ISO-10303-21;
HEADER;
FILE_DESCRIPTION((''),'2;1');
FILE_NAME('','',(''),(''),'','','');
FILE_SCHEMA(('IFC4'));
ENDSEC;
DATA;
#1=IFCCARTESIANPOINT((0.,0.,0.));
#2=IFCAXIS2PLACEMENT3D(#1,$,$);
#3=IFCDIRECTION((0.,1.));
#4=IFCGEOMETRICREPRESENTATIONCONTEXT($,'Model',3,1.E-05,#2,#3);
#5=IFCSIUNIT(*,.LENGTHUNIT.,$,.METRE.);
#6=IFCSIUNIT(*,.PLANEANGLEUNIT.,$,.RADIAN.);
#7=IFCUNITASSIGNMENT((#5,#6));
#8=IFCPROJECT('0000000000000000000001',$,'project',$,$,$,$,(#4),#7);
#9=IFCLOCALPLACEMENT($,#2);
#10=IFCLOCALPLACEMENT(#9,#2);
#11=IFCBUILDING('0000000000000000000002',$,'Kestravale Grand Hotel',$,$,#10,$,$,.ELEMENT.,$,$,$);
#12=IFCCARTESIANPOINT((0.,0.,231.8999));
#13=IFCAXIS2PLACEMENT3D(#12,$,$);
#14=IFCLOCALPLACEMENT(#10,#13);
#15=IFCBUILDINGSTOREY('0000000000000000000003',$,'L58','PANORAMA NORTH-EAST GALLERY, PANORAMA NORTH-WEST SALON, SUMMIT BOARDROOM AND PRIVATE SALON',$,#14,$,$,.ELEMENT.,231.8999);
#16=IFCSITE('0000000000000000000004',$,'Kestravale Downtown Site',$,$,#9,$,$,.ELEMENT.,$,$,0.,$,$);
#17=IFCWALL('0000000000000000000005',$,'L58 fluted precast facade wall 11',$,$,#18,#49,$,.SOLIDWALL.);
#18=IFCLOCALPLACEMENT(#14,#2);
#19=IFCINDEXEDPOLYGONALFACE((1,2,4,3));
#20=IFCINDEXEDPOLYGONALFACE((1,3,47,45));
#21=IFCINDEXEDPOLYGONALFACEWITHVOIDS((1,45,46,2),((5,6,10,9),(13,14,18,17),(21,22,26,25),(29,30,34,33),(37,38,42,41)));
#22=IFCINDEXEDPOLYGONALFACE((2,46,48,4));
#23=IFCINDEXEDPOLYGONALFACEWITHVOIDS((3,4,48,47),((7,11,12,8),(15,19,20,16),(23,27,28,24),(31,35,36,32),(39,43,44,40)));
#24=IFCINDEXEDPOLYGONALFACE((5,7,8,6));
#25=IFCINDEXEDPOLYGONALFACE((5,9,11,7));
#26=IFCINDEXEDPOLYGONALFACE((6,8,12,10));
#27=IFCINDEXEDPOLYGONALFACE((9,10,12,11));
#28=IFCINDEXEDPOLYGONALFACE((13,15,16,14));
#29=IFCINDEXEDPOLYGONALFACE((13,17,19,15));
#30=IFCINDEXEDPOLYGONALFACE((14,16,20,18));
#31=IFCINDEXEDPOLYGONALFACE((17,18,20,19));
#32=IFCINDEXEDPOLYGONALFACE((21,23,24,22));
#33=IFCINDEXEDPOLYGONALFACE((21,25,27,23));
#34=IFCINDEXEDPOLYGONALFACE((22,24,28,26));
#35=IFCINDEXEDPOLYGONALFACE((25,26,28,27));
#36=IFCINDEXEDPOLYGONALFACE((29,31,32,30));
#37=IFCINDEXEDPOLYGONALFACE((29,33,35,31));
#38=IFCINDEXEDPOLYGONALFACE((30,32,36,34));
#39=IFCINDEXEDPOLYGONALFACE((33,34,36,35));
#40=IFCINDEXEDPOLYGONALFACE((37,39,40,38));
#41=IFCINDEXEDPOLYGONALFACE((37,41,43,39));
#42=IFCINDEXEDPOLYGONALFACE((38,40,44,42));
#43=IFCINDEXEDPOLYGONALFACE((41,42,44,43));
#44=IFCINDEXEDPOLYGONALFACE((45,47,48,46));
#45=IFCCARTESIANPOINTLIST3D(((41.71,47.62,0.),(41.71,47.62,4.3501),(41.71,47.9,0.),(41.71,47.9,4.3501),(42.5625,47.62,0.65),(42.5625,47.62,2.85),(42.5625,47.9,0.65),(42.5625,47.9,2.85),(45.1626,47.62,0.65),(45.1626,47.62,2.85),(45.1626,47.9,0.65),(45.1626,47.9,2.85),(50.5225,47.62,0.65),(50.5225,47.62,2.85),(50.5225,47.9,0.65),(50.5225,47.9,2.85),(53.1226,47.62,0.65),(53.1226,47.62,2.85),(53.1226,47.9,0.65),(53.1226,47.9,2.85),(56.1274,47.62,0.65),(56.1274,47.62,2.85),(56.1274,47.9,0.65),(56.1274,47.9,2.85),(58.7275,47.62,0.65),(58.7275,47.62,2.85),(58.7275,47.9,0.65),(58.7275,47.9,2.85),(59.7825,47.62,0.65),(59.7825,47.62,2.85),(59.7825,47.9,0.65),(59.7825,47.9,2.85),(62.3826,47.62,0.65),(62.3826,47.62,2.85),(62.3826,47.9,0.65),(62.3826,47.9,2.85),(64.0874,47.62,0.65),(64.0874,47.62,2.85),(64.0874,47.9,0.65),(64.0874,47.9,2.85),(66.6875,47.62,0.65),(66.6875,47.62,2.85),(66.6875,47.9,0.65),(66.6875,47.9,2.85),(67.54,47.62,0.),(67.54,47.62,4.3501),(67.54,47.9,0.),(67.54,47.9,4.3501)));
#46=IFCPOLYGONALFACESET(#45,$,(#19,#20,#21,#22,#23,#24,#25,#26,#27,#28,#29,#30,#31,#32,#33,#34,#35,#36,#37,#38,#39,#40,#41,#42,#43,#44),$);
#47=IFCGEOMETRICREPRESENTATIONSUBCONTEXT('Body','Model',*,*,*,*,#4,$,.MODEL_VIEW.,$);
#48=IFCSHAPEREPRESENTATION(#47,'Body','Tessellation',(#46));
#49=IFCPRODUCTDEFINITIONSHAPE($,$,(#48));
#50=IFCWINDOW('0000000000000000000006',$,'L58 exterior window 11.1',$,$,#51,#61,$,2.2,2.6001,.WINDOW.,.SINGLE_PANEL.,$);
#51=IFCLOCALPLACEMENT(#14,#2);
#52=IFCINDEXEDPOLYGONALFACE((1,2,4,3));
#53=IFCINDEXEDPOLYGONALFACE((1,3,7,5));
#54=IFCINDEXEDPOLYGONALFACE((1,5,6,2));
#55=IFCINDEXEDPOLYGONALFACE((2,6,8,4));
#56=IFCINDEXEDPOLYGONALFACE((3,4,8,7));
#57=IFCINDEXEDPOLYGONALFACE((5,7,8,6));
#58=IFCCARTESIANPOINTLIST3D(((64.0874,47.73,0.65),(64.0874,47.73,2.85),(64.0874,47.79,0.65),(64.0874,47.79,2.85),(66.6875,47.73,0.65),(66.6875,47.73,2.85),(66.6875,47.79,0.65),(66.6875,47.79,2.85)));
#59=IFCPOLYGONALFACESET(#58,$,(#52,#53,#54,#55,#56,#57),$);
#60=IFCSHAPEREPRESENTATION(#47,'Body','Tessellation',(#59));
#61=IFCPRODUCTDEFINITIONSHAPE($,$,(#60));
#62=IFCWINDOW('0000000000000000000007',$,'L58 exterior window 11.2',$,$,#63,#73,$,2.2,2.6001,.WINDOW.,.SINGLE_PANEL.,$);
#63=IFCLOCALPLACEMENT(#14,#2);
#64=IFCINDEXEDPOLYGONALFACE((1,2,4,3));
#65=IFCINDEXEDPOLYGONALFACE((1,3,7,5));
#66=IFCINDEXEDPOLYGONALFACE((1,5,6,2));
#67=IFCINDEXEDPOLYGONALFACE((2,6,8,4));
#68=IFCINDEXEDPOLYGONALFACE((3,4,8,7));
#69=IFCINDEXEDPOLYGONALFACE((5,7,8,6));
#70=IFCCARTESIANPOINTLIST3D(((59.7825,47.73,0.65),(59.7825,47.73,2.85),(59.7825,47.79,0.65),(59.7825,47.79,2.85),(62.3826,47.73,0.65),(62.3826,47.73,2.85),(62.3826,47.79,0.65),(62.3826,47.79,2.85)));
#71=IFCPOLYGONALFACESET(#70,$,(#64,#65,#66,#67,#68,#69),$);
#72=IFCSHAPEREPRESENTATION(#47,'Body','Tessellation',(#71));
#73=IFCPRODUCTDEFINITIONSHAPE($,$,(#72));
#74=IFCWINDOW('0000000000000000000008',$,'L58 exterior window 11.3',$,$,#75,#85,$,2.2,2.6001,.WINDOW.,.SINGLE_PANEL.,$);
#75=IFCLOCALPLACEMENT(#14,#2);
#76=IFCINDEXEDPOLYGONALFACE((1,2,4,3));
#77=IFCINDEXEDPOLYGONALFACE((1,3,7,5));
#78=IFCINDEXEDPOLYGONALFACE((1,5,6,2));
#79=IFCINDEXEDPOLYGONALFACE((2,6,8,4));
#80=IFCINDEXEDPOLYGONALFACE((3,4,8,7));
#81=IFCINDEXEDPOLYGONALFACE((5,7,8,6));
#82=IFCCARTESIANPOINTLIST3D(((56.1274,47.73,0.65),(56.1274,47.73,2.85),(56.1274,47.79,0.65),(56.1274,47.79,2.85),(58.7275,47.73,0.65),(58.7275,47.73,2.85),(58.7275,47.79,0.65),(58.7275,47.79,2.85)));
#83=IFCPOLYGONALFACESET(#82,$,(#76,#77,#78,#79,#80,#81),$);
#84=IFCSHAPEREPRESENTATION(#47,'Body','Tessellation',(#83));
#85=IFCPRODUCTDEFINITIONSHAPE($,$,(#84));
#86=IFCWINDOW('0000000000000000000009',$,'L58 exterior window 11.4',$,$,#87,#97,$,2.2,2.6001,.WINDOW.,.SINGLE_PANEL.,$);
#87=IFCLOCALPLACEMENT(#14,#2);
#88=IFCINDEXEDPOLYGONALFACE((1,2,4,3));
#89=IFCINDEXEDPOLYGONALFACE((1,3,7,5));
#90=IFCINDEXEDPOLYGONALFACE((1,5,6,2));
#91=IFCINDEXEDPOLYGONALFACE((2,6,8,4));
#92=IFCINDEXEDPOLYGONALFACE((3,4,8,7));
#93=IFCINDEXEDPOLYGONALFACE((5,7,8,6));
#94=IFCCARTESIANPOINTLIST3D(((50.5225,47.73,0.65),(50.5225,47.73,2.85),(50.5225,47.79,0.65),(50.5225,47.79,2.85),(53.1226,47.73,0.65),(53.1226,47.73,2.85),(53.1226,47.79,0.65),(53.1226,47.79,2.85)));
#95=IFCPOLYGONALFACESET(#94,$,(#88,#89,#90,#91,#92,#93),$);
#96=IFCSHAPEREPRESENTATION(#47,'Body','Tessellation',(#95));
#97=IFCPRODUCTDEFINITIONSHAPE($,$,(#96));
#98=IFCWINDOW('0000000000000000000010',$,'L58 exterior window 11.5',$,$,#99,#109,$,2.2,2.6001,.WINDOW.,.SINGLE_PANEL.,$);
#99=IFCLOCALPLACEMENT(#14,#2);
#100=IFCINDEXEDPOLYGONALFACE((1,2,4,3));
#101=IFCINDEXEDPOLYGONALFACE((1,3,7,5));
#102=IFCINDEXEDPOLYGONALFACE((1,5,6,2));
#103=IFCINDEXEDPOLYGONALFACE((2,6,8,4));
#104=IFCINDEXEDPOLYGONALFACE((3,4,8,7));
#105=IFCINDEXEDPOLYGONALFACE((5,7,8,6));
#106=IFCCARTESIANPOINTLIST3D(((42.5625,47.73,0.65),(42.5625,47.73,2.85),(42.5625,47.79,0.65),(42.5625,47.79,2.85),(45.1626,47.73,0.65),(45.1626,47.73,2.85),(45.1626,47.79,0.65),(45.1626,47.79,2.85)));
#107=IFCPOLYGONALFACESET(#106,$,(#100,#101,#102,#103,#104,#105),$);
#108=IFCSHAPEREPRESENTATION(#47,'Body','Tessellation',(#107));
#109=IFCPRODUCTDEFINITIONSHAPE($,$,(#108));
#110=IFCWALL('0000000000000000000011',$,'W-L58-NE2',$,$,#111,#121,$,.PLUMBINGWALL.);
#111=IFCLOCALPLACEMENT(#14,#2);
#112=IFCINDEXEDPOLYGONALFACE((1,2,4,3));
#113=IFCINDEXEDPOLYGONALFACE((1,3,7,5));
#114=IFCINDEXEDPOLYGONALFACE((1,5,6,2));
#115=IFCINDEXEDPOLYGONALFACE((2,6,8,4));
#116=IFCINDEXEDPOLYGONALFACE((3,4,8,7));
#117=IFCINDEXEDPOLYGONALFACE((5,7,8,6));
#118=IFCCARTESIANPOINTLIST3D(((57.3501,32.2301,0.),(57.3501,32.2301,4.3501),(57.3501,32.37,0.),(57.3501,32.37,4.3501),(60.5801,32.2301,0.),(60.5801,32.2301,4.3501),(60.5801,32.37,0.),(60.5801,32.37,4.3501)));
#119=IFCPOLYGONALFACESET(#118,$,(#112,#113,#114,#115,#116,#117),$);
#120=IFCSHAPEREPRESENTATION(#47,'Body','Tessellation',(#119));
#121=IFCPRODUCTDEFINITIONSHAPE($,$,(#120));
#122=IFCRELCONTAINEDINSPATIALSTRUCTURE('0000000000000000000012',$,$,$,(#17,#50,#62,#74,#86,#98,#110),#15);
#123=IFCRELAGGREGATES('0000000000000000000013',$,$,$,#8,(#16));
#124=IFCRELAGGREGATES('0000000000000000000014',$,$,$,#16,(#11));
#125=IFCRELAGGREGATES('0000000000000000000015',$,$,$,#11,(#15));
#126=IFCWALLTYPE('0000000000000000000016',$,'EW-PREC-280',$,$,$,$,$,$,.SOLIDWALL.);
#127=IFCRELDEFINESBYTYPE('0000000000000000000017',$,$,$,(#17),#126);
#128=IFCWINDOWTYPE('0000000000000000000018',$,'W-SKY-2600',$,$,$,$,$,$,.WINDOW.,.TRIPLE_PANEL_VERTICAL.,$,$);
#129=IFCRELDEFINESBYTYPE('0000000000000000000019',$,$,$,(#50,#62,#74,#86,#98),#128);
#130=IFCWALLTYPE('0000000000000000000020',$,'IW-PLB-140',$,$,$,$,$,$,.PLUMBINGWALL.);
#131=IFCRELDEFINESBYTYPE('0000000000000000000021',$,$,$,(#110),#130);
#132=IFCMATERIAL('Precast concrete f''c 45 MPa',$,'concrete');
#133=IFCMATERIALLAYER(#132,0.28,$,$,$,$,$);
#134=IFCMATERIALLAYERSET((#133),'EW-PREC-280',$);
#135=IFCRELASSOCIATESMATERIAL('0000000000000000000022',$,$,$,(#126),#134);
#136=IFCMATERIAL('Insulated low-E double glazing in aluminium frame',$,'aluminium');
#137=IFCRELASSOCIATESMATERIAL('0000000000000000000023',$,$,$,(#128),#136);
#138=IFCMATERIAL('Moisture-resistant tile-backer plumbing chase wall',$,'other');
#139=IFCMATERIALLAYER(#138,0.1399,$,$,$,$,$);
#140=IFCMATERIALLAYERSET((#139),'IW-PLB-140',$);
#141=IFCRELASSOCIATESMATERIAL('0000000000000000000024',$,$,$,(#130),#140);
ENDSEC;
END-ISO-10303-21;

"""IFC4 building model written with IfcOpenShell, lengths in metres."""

from ifc_helpers import new_model, si_unit, direction, frame, frame_2d, origin, place, context, subcontext, project, spatial, rectangle, extrude, material, layer, layer_set, type_object, element, fill, save


model = new_model("IFC4")

# Units and contexts
model_context = context("Model", 3, precision=1e-05, world=origin(), true_north=direction((0.0, 1.0)))
body_context = subcontext(model_context, "Body", "Model", "MODEL_VIEW")
ifc_project = project(units=[si_unit("LENGTHUNIT", "METRE"), si_unit("PLANEANGLEUNIT", "RADIAN")], contexts=[model_context])

# Site, building, storey
site_placement = place(None, origin())
site = spatial("IfcSite", under=ifc_project, at=site_placement, Name="Kestravale Downtown Site", CompositionType="ELEMENT", RefElevation=0.0)
building_placement = place(site_placement, origin())
building = spatial("IfcBuilding", under=site, at=building_placement, Name="Kestravale Grand Hotel", CompositionType="ELEMENT")
storey_placement = place(building_placement, frame((0.0, 0.0, 231.8999)))
storey = spatial("IfcBuildingStorey", under=building, at=storey_placement, Name="L58", Description="PANORAMA NORTH-EAST GALLERY, PANORAMA NORTH-WEST SALON, SUMMIT BOARDROOM AND PRIVATE SALON", CompositionType="ELEMENT", Elevation=231.8999)

# Wall, openings, windows
ifc_material_1 = material(Name="Precast concrete f'c 45 MPa", Category="concrete")
ifc_layer_1 = layer(ifc_material_1, 0.28)
ifc_layer_set_1 = layer_set([ifc_layer_1], Name="EW-PREC-280")
wall_type_1 = type_object("IfcWallType", Name="EW-PREC-280", PredefinedType="SOLIDWALL", material=ifc_layer_set_1)
wall_1_placement = place(storey_placement, frame((67.54, 47.76, 0.0), z_axis=(0.0, 0.0, 1.0), x_axis=(-1.0, 0.0, 0.0)))
wall_1 = element("IfcWall", 1, at=wall_1_placement, inside=storey, type_object=wall_type_1, Name="L58 fluted precast facade wall 11", PredefinedType="SOLIDWALL", context=body_context, shape_type="SweptSolid", body=[
    extrude(rectangle(XDim=25.8301, YDim=0.28, at=frame_2d((12.915, 0.0))), origin(), (0.0, 0.0, 1.0), 4.3501),
])
opening_1_placement = place(wall_1_placement, frame((0.8525, 0.0, 0.6499)))
opening_1 = element("IfcOpeningElement", 2, at=opening_1_placement, cuts=wall_1, PredefinedType="OPENING", context=body_context, shape_type="SweptSolid", body=[
    extrude(rectangle(XDim=2.6001, YDim=2.2, at=frame_2d((1.3, 1.1001))), frame((0.0, 0.1499, 0.0), z_axis=(0.0, -1.0, 0.0), x_axis=(1.0, 0.0, 0.0)), (0.0, 0.0, 1.0), 0.3),
])
opening_2_placement = place(wall_1_placement, frame((5.1575, 0.0, 0.6499)))
opening_2 = element("IfcOpeningElement", 3, at=opening_2_placement, cuts=wall_1, PredefinedType="OPENING", context=body_context, shape_type="SweptSolid", body=[
    extrude(rectangle(XDim=2.6001, YDim=2.2, at=frame_2d((1.3, 1.1001))), frame((0.0, 0.1499, 0.0), z_axis=(0.0, -1.0, 0.0), x_axis=(1.0, 0.0, 0.0)), (0.0, 0.0, 1.0), 0.3),
])
opening_3_placement = place(wall_1_placement, frame((8.8125, 0.0, 0.6499)))
opening_3 = element("IfcOpeningElement", 4, at=opening_3_placement, cuts=wall_1, PredefinedType="OPENING", context=body_context, shape_type="SweptSolid", body=[
    extrude(rectangle(XDim=2.6001, YDim=2.2, at=frame_2d((1.3, 1.1001))), frame((0.0, 0.1499, 0.0), z_axis=(0.0, -1.0, 0.0), x_axis=(1.0, 0.0, 0.0)), (0.0, 0.0, 1.0), 0.3),
])
opening_4_placement = place(wall_1_placement, frame((14.4175, 0.0, 0.6499)))
opening_4 = element("IfcOpeningElement", 5, at=opening_4_placement, cuts=wall_1, PredefinedType="OPENING", context=body_context, shape_type="SweptSolid", body=[
    extrude(rectangle(XDim=2.6001, YDim=2.2, at=frame_2d((1.3, 1.1001))), frame((0.0, 0.1499, 0.0), z_axis=(0.0, -1.0, 0.0), x_axis=(1.0, 0.0, 0.0)), (0.0, 0.0, 1.0), 0.3),
])
opening_5_placement = place(wall_1_placement, frame((22.3774, 0.0, 0.6499)))
opening_5 = element("IfcOpeningElement", 6, at=opening_5_placement, cuts=wall_1, PredefinedType="OPENING", context=body_context, shape_type="SweptSolid", body=[
    extrude(rectangle(XDim=2.6001, YDim=2.2, at=frame_2d((1.3, 1.1001))), frame((0.0, 0.1499, 0.0), z_axis=(0.0, -1.0, 0.0), x_axis=(1.0, 0.0, 0.0)), (0.0, 0.0, 1.0), 0.3),
])
ifc_material_2 = material(Name="Insulated low-E double glazing in aluminium frame", Category="aluminium")
window_type = type_object("IfcWindowType", Name="W-SKY-2600", PartitioningType="TRIPLE_PANEL_VERTICAL", PredefinedType="WINDOW", material=ifc_material_2)
window_1_placement = place(opening_1_placement, origin())
window_1 = element("IfcWindow", 7, at=window_1_placement, inside=storey, type_object=window_type, Name="L58 exterior window 11.1", OverallHeight=2.2, OverallWidth=2.6001, PartitioningType="SINGLE_PANEL", PredefinedType="WINDOW", context=body_context, shape_type="SweptSolid", body=[
    extrude(rectangle(XDim=2.6001, YDim=2.2, at=frame_2d((1.3, 1.1001))), frame((0.0, 0.03, 0.0), z_axis=(0.0, -1.0, 0.0), x_axis=(1.0, 0.0, 0.0)), (0.0, 0.0, 1.0), 0.0601),
])
fill(opening_1, window_1)
window_2_placement = place(opening_2_placement, origin())
window_2 = element("IfcWindow", 8, at=window_2_placement, inside=storey, type_object=window_type, Name="L58 exterior window 11.2", OverallHeight=2.2, OverallWidth=2.6001, PartitioningType="SINGLE_PANEL", PredefinedType="WINDOW", context=body_context, shape_type="SweptSolid", body=[
    extrude(rectangle(XDim=2.6001, YDim=2.2, at=frame_2d((1.3, 1.1001))), frame((0.0, 0.03, 0.0), z_axis=(0.0, -1.0, 0.0), x_axis=(1.0, 0.0, 0.0)), (0.0, 0.0, 1.0), 0.0601),
])
fill(opening_2, window_2)
window_3_placement = place(opening_3_placement, origin())
window_3 = element("IfcWindow", 9, at=window_3_placement, inside=storey, type_object=window_type, Name="L58 exterior window 11.3", OverallHeight=2.2, OverallWidth=2.6001, PartitioningType="SINGLE_PANEL", PredefinedType="WINDOW", context=body_context, shape_type="SweptSolid", body=[
    extrude(rectangle(XDim=2.6001, YDim=2.2, at=frame_2d((1.3, 1.1001))), frame((0.0, 0.03, 0.0), z_axis=(0.0, -1.0, 0.0), x_axis=(1.0, 0.0, 0.0)), (0.0, 0.0, 1.0), 0.0601),
])
fill(opening_3, window_3)
window_4_placement = place(opening_4_placement, origin())
window_4 = element("IfcWindow", 10, at=window_4_placement, inside=storey, type_object=window_type, Name="L58 exterior window 11.4", OverallHeight=2.2, OverallWidth=2.6001, PartitioningType="SINGLE_PANEL", PredefinedType="WINDOW", context=body_context, shape_type="SweptSolid", body=[
    extrude(rectangle(XDim=2.6001, YDim=2.2, at=frame_2d((1.3, 1.1001))), frame((0.0, 0.03, 0.0), z_axis=(0.0, -1.0, 0.0), x_axis=(1.0, 0.0, 0.0)), (0.0, 0.0, 1.0), 0.0601),
])
fill(opening_4, window_4)
window_5_placement = place(opening_5_placement, origin())
window_5 = element("IfcWindow", 11, at=window_5_placement, inside=storey, type_object=window_type, Name="L58 exterior window 11.5", OverallHeight=2.2, OverallWidth=2.6001, PartitioningType="SINGLE_PANEL", PredefinedType="WINDOW", context=body_context, shape_type="SweptSolid", body=[
    extrude(rectangle(XDim=2.6001, YDim=2.2, at=frame_2d((1.3, 1.1001))), frame((0.0, 0.03, 0.0), z_axis=(0.0, -1.0, 0.0), x_axis=(1.0, 0.0, 0.0)), (0.0, 0.0, 1.0), 0.0601),
])
fill(opening_5, window_5)

# Wall
ifc_material_3 = material(Name="Moisture-resistant tile-backer plumbing chase wall", Category="other")
ifc_layer_2 = layer(ifc_material_3, 0.1399)
ifc_layer_set_2 = layer_set([ifc_layer_2], Name="IW-PLB-140")
wall_type_2 = type_object("IfcWallType", Name="IW-PLB-140", PredefinedType="PLUMBINGWALL", material=ifc_layer_set_2)
wall_2_placement = place(storey_placement, frame((57.3501, 32.3, 0.0), z_axis=(0.0, 0.0, 1.0), x_axis=(1.0, 0.0, 0.0)))
element("IfcWall", 12, at=wall_2_placement, inside=storey, type_object=wall_type_2, Name="W-L58-NE2", PredefinedType="PLUMBINGWALL", context=body_context, shape_type="SweptSolid", body=[
    extrude(rectangle(XDim=3.23, YDim=0.1399, at=frame_2d((1.615, 0.0))), origin(), (0.0, 0.0, 1.0), 4.3501),
])

save(model, "model.ifc")
